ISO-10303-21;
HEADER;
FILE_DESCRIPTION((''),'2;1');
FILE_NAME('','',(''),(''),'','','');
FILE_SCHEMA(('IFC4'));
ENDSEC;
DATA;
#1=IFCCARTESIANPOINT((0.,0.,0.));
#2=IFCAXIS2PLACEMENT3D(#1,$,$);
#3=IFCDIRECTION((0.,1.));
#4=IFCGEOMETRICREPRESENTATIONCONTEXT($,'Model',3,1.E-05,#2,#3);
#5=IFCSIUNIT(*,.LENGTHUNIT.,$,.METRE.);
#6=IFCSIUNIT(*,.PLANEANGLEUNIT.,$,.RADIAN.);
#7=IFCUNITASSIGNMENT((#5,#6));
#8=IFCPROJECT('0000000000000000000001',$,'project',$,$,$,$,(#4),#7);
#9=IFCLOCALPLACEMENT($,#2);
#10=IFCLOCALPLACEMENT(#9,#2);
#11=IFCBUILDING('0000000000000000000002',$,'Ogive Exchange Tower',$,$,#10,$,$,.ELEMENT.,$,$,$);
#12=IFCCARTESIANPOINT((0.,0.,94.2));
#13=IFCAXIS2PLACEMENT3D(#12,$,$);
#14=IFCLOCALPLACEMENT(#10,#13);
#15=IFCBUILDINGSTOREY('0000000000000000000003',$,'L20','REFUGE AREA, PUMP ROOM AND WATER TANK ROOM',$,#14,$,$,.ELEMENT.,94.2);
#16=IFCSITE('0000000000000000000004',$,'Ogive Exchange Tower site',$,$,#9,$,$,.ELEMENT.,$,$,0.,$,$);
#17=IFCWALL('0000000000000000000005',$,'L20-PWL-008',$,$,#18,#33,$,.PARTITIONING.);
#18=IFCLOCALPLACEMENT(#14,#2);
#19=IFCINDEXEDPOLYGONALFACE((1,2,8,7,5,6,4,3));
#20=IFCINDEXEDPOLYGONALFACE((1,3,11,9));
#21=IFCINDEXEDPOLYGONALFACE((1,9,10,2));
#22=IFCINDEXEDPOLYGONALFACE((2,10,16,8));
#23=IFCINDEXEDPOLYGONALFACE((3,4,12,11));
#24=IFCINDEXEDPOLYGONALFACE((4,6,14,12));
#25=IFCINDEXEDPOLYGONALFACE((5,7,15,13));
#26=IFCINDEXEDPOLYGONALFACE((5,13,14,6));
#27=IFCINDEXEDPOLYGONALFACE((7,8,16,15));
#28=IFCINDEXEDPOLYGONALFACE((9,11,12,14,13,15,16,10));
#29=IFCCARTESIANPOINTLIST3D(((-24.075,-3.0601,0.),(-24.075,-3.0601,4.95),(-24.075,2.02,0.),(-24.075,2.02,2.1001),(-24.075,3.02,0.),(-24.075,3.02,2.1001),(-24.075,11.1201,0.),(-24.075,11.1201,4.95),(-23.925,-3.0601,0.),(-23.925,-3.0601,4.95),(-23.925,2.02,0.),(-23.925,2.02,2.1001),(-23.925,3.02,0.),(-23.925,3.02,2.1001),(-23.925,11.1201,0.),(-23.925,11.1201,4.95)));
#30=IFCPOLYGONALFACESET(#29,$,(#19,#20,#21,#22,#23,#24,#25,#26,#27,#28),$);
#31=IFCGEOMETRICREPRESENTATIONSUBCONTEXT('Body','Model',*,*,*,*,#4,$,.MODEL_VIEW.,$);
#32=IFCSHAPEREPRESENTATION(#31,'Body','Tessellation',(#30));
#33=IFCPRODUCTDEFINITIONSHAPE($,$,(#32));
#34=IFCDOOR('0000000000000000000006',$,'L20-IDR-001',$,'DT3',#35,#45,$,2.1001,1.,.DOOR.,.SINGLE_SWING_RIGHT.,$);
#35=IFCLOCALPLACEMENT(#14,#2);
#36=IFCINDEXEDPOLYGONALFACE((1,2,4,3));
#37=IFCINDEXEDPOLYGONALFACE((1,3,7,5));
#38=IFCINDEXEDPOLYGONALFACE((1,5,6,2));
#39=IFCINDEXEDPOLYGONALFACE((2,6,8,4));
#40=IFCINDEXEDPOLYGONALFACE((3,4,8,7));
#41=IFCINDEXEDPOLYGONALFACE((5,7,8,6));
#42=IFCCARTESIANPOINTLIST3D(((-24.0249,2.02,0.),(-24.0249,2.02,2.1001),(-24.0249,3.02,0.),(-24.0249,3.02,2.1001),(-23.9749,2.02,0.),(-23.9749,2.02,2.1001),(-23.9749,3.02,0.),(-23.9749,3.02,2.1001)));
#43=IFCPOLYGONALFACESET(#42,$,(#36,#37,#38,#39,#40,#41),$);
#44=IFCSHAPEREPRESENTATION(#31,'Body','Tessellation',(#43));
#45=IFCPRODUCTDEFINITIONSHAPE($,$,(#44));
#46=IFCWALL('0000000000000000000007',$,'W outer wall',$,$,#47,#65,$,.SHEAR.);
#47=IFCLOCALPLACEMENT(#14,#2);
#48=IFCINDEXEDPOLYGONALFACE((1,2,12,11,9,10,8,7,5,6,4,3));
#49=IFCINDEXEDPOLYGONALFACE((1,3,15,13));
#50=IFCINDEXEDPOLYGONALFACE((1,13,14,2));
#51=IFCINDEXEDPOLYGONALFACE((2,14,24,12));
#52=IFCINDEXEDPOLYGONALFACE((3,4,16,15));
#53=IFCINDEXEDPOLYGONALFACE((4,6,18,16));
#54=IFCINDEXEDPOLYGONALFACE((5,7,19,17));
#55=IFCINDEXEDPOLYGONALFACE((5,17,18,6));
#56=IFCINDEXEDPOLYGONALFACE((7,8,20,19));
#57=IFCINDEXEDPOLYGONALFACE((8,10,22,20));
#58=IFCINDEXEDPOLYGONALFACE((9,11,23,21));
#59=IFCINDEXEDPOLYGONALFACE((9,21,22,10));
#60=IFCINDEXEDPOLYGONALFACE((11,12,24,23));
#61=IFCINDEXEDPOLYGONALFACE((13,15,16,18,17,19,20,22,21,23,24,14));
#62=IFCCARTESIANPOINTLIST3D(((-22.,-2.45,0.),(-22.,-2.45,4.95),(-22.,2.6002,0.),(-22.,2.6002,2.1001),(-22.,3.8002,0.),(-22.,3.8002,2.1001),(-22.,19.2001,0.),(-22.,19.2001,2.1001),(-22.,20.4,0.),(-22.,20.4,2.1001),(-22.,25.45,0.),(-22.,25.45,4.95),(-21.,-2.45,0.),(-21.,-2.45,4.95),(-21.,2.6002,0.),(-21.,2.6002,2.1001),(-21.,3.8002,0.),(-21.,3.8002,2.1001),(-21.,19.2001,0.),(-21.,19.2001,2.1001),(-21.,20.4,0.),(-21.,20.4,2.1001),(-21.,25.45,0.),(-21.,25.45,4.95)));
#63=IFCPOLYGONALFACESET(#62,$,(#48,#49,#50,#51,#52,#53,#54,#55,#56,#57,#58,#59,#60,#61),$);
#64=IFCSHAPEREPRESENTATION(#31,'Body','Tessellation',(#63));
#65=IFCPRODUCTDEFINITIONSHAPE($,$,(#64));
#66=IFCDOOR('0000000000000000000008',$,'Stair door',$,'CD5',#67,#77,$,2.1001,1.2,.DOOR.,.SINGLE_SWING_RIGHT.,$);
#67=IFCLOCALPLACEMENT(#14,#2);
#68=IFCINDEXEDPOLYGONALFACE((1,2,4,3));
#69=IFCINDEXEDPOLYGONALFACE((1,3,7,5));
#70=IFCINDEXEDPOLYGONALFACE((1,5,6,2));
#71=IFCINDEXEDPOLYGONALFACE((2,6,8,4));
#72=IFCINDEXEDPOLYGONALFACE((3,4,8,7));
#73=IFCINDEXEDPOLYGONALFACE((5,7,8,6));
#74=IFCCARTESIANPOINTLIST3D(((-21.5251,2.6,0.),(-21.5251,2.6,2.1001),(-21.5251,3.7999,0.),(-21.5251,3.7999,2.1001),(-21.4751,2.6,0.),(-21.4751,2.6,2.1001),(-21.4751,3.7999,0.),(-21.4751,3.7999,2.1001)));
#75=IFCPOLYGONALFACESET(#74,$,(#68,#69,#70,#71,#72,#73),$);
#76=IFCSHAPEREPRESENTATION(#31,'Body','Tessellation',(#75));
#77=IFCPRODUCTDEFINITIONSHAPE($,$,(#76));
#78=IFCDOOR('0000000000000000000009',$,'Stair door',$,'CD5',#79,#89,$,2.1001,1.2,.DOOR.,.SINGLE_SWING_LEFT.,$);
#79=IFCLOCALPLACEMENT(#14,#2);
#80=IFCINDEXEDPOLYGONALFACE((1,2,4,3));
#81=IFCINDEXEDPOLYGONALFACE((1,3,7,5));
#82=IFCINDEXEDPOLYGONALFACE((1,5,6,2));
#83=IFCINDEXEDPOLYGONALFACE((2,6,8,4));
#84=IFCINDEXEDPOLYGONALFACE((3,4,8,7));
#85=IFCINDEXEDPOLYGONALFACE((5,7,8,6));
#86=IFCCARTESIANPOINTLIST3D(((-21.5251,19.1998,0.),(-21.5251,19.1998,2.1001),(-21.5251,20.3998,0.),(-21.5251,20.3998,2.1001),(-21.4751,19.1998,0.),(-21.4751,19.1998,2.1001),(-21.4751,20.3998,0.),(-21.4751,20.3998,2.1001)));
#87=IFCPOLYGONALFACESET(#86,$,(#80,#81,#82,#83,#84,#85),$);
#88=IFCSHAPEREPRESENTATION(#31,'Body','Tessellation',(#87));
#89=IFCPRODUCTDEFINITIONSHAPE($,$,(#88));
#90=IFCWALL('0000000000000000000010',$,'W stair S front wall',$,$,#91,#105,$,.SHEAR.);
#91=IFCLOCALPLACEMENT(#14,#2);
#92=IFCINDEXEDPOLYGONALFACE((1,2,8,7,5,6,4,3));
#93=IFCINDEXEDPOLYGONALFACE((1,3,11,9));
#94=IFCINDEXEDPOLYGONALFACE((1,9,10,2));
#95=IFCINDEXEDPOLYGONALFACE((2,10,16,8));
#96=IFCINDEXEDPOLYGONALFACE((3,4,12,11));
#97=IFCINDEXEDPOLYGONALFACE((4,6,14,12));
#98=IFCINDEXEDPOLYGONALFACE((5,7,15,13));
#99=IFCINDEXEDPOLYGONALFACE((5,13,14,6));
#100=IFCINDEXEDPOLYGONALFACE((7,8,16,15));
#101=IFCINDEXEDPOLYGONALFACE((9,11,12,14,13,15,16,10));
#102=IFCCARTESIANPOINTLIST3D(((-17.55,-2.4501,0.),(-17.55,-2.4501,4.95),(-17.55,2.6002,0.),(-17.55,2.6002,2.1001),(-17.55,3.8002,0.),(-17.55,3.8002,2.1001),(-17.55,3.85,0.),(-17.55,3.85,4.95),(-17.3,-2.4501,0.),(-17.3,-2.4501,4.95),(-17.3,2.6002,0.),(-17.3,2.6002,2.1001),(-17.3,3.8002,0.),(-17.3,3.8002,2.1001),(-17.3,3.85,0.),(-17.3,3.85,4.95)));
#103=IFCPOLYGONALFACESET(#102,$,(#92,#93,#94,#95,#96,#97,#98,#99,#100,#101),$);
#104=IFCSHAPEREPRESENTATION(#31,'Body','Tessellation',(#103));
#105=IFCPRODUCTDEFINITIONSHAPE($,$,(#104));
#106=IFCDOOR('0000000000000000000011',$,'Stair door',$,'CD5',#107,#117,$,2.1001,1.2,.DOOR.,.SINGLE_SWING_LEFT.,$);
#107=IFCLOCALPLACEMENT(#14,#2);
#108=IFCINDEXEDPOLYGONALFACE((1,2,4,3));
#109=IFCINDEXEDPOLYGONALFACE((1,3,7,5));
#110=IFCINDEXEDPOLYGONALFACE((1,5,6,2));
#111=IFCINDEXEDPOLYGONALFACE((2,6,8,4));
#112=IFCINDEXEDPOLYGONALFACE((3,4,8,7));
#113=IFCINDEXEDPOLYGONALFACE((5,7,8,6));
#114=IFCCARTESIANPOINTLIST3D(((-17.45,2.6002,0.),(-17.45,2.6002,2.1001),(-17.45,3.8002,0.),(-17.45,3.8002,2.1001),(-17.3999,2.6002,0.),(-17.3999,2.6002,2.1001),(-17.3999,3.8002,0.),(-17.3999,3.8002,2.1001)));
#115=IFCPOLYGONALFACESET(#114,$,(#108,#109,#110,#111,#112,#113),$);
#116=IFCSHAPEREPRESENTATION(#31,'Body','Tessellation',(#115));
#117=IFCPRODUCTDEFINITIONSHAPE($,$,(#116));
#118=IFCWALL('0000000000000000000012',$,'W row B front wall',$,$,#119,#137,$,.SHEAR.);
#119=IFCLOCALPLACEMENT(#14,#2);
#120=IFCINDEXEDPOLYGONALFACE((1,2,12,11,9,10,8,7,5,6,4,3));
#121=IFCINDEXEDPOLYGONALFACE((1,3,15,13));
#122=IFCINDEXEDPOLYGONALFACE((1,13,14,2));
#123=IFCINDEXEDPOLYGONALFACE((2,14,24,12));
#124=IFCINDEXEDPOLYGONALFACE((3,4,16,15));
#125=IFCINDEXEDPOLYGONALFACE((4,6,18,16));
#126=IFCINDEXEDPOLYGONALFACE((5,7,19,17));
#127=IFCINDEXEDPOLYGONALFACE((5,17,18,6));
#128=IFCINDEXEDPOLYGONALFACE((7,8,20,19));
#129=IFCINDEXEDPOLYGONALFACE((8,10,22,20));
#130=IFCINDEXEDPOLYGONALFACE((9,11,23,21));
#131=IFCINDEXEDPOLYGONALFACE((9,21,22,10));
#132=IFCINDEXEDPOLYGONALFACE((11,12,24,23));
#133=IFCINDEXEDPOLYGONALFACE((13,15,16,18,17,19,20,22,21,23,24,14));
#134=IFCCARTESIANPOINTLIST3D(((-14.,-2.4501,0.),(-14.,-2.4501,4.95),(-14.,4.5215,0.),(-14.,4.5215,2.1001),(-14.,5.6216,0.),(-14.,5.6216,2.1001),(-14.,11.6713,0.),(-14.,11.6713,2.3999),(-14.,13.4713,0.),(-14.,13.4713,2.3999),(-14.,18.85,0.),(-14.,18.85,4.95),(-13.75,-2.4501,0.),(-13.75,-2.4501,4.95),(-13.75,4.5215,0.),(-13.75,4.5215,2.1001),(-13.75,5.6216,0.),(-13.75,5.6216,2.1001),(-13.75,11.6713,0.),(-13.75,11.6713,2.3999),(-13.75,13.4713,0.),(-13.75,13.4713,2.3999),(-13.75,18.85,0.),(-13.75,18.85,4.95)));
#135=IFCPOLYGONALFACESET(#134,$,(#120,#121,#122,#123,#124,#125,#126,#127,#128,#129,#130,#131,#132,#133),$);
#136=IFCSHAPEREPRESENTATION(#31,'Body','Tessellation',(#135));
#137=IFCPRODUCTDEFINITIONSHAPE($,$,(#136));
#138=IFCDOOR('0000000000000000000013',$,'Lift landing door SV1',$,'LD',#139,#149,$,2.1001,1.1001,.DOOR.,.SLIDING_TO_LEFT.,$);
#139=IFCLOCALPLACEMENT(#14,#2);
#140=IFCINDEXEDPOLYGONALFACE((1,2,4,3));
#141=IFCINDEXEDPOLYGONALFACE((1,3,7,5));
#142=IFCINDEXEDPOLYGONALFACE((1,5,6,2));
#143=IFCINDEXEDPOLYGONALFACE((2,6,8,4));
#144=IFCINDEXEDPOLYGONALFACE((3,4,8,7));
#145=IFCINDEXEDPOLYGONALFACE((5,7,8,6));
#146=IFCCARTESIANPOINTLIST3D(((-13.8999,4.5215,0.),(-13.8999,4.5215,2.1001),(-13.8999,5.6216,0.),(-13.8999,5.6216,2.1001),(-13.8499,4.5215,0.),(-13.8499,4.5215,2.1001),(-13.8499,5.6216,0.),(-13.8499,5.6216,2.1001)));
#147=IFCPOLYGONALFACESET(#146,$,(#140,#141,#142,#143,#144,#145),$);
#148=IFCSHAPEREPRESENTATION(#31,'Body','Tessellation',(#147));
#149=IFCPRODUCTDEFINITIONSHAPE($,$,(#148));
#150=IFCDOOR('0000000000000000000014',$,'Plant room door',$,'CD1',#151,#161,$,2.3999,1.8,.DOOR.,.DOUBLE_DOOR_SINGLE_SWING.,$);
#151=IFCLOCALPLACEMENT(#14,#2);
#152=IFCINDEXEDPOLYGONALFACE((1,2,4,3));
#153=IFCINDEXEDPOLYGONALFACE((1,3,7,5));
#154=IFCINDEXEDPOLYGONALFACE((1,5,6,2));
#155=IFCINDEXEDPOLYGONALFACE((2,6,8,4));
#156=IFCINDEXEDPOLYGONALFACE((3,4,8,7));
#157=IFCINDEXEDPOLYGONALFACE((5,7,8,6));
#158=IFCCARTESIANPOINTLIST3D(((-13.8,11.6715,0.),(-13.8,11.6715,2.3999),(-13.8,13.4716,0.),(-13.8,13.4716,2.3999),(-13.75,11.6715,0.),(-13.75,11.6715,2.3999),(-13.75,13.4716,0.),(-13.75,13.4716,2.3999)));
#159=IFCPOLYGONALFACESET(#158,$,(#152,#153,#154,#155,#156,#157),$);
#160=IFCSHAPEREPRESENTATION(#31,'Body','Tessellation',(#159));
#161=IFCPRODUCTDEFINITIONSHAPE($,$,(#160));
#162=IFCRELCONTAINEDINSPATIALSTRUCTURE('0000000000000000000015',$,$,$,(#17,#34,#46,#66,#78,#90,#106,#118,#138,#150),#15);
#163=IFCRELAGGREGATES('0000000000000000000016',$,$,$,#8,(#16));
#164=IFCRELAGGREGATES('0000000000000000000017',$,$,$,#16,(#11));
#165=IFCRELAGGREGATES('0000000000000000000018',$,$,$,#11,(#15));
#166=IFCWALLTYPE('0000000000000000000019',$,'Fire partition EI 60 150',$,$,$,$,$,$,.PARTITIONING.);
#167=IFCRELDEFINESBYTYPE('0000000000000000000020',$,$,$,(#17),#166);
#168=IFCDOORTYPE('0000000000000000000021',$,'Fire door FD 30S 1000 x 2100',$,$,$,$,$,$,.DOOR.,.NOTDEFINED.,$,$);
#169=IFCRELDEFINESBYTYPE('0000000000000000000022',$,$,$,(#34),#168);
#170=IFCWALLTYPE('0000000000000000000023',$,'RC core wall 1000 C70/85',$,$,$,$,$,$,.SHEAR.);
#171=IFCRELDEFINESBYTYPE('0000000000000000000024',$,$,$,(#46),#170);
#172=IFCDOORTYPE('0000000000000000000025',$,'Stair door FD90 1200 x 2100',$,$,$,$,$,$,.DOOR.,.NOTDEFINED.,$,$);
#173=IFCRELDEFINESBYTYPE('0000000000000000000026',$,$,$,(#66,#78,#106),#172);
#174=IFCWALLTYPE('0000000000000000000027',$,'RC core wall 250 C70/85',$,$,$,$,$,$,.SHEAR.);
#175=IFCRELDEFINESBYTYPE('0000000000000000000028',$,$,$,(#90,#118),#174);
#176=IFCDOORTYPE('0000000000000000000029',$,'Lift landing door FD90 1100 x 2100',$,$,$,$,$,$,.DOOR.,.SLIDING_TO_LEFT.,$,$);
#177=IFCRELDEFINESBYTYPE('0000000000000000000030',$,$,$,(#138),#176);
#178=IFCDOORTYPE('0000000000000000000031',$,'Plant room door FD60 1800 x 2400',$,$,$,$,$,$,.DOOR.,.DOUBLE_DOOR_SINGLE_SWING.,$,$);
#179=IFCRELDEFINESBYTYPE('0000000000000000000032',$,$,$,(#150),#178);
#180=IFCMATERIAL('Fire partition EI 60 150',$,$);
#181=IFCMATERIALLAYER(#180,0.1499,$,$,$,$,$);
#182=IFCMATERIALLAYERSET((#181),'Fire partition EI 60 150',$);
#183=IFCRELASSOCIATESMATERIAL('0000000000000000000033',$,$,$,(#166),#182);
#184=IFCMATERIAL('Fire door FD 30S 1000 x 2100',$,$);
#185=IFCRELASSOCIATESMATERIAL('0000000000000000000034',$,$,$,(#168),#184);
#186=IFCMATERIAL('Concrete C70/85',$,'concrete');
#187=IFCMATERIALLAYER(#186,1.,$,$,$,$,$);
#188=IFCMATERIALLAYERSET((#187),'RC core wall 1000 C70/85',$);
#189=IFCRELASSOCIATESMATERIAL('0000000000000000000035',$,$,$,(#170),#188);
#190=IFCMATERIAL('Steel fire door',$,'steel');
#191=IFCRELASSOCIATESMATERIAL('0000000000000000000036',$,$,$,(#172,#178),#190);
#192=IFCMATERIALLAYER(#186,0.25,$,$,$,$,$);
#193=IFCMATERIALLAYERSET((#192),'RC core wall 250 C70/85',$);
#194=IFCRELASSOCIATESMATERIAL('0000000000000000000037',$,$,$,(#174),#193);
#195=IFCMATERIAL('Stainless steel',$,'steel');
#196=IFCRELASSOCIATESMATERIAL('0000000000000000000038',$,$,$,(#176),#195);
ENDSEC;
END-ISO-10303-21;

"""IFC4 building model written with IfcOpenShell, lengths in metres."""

from ifc_helpers import new_model, si_unit, direction, frame, frame_2d, origin, place, context, subcontext, project, spatial, rectangle, extrude, material, layer, layer_set, type_object, element, fill, save


model = new_model("IFC4")

# Units and contexts
model_context = context("Model", 3, precision=1e-05, world=origin(), true_north=direction((0.0, 1.0)))
body_context = subcontext(model_context, "Body", "Model", "MODEL_VIEW")
ifc_project = project(units=[si_unit("LENGTHUNIT", "METRE"), si_unit("PLANEANGLEUNIT", "RADIAN")], contexts=[model_context])

# Site, building, storey
site_placement = place(None, origin())
site = spatial("IfcSite", under=ifc_project, at=site_placement, Name="Ogive Exchange Tower site", CompositionType="ELEMENT", RefElevation=0.0)
building_placement = place(site_placement, origin())
building = spatial("IfcBuilding", under=site, at=building_placement, Name="Ogive Exchange Tower", CompositionType="ELEMENT")
storey_placement = place(building_placement, frame((0.0, 0.0, 94.2)))
storey = spatial("IfcBuildingStorey", under=building, at=storey_placement, Name="L20", Description="REFUGE AREA, PUMP ROOM AND WATER TANK ROOM", CompositionType="ELEMENT", Elevation=94.2)

# Wall, opening, door
ifc_material_1 = material(Name="Fire partition EI 60 150")
ifc_layer_1 = layer(ifc_material_1, 0.1499)
ifc_layer_set_1 = layer_set([ifc_layer_1], Name="Fire partition EI 60 150")
wall_type_1 = type_object("IfcWallType", Name="Fire partition EI 60 150", PredefinedType="PARTITIONING", material=ifc_layer_set_1)
wall_1_placement = place(storey_placement, frame((-24.0, -3.0601, 0.0), z_axis=(0.0, 0.0, 1.0), x_axis=(0.0, 1.0, 0.0)))
wall_1 = element("IfcWall", 1, at=wall_1_placement, inside=storey, type_object=wall_type_1, Name="L20-PWL-008", PredefinedType="PARTITIONING", context=body_context, shape_type="SweptSolid", body=[
    extrude(rectangle(XDim=14.1802, YDim=0.1499, at=frame_2d((7.0901, 0.0))), origin(), (0.0, 0.0, 1.0), 4.95),
])
opening_1_placement = place(wall_1_placement, frame((5.0801, 0.0, 0.0)))
opening_1 = element("IfcOpeningElement", 2, at=opening_1_placement, cuts=wall_1, PredefinedType="OPENING", context=body_context, shape_type="SweptSolid", body=[
    extrude(rectangle(XDim=1.0, YDim=2.1001, at=frame_2d((0.5, 1.05))), frame((0.0, 0.085, 0.0), z_axis=(0.0, -1.0, 0.0), x_axis=(1.0, 0.0, 0.0)), (0.0, 0.0, 1.0), 0.1699),
])
ifc_material_2 = material(Name="Fire door FD 30S 1000 x 2100")
door_type_1 = type_object("IfcDoorType", Name="Fire door FD 30S 1000 x 2100", OperationType="NOTDEFINED", PredefinedType="DOOR", material=ifc_material_2)
door_1_placement = place(opening_1_placement, origin())
door_1 = element("IfcDoor", 3, at=door_1_placement, inside=storey, type_object=door_type_1, Name="L20-IDR-001", ObjectType="DT3", OperationType="SINGLE_SWING_RIGHT", OverallHeight=2.1001, OverallWidth=1.0, PredefinedType="DOOR", context=body_context, shape_type="SweptSolid", body=[
    extrude(rectangle(XDim=1.0, YDim=2.1001, at=frame_2d((0.5, 1.05))), frame((0.0, 0.0249, 0.0), z_axis=(0.0, -1.0, 0.0), x_axis=(1.0, 0.0, 0.0)), (0.0, 0.0, 1.0), 0.05),
])
fill(opening_1, door_1)

# Wall, openings, doors
ifc_material_3 = material(Name="Concrete C70/85", Category="concrete")
ifc_layer_2 = layer(ifc_material_3, 1.0)
ifc_layer_set_2 = layer_set([ifc_layer_2], Name="RC core wall 1000 C70/85")
wall_type_2 = type_object("IfcWallType", Name="RC core wall 1000 C70/85", PredefinedType="SHEAR", material=ifc_layer_set_2)
wall_2_placement = place(storey_placement, frame((-21.5, -2.45, 0.0), z_axis=(0.0, 0.0, 1.0), x_axis=(0.0, 1.0, 0.0)))
wall_2 = element("IfcWall", 4, at=wall_2_placement, inside=storey, type_object=wall_type_2, Name="W outer wall", PredefinedType="SHEAR", context=body_context, shape_type="SweptSolid", body=[
    extrude(rectangle(XDim=27.8999, YDim=1.0, at=frame_2d((13.95, 0.0))), origin(), (0.0, 0.0, 1.0), 4.95),
])
opening_2_placement = place(wall_2_placement, frame((5.05, 0.0, 0.0)))
opening_2 = element("IfcOpeningElement", 5, at=opening_2_placement, cuts=wall_2, PredefinedType="OPENING", context=body_context, shape_type="SweptSolid", body=[
    extrude(rectangle(XDim=1.2, YDim=2.1001, at=frame_2d((0.6001, 1.05))), frame((0.0, 0.51, 0.0), z_axis=(0.0, -1.0, 0.0), x_axis=(1.0, 0.0, 0.0)), (0.0, 0.0, 1.0), 1.02),
])
opening_3_placement = place(wall_2_placement, frame((21.6499, 0.0, 0.0)))
opening_3 = element("IfcOpeningElement", 6, at=opening_3_placement, cuts=wall_2, PredefinedType="OPENING", context=body_context, shape_type="SweptSolid", body=[
    extrude(rectangle(XDim=1.2, YDim=2.1001, at=frame_2d((0.6001, 1.05))), frame((0.0, 0.51, 0.0), z_axis=(0.0, -1.0, 0.0), x_axis=(1.0, 0.0, 0.0)), (0.0, 0.0, 1.0), 1.02),
])
ifc_material_4 = material(Name="Steel fire door", Category="steel")
door_type_2 = type_object("IfcDoorType", Name="Stair door FD90 1200 x 2100", OperationType="NOTDEFINED", PredefinedType="DOOR", material=ifc_material_4)
door_2_placement = place(opening_2_placement, frame((1.2, 0.0, 0.0), z_axis=(0.0, 0.0, 1.0), x_axis=(-1.0, 0.0, 0.0)))
door_2 = element("IfcDoor", 7, at=door_2_placement, inside=storey, type_object=door_type_2, Name="Stair door", ObjectType="CD5", OperationType="SINGLE_SWING_RIGHT", OverallHeight=2.1001, OverallWidth=1.2, PredefinedType="DOOR", context=body_context, shape_type="SweptSolid", body=[
    extrude(rectangle(XDim=1.2, YDim=2.1001, at=frame_2d((0.6001, 1.05))), frame((0.0, 0.0249, 0.0), z_axis=(0.0, -1.0, 0.0), x_axis=(1.0, 0.0, 0.0)), (0.0, 0.0, 1.0), 0.05),
])
fill(opening_2, door_2)
door_3_placement = place(opening_3_placement, frame((1.2, 0.0, 0.0), z_axis=(0.0, 0.0, 1.0), x_axis=(-1.0, 0.0, 0.0)))
door_3 = element("IfcDoor", 8, at=door_3_placement, inside=storey, type_object=door_type_2, Name="Stair door", ObjectType="CD5", OperationType="SINGLE_SWING_LEFT", OverallHeight=2.1001, OverallWidth=1.2, PredefinedType="DOOR", context=body_context, shape_type="SweptSolid", body=[
    extrude(rectangle(XDim=1.2, YDim=2.1001, at=frame_2d((0.6001, 1.05))), frame((0.0, 0.0249, 0.0), z_axis=(0.0, -1.0, 0.0), x_axis=(1.0, 0.0, 0.0)), (0.0, 0.0, 1.0), 0.05),
])
fill(opening_3, door_3)
door_type_3 = type_object("IfcDoorType", Name="Plant room door FD60 1800 x 2400", OperationType="DOUBLE_DOOR_SINGLE_SWING", PredefinedType="DOOR", material=ifc_material_4)

# Wall, opening, door
ifc_layer_3 = layer(ifc_material_3, 0.25)
ifc_layer_set_3 = layer_set([ifc_layer_3], Name="RC core wall 250 C70/85")
wall_type_3 = type_object("IfcWallType", Name="RC core wall 250 C70/85", PredefinedType="SHEAR", material=ifc_layer_set_3)
wall_3_placement = place(storey_placement, frame((-17.425, -2.45, 0.0), z_axis=(0.0, 0.0, 1.0), x_axis=(0.0, 1.0, 0.0)))
wall_3 = element("IfcWall", 9, at=wall_3_placement, inside=storey, type_object=wall_type_3, Name="W stair S front wall", PredefinedType="SHEAR", context=body_context, shape_type="SweptSolid", body=[
    extrude(rectangle(XDim=6.3, YDim=0.25, at=frame_2d((3.1499, 0.0))), origin(), (0.0, 0.0, 1.0), 4.95),
])
opening_4_placement = place(wall_3_placement, frame((5.05, 0.0, 0.0)))
opening_4 = element("IfcOpeningElement", 10, at=opening_4_placement, cuts=wall_3, PredefinedType="OPENING", context=body_context, shape_type="SweptSolid", body=[
    extrude(rectangle(XDim=1.2, YDim=2.1001, at=frame_2d((0.6001, 1.05))), frame((0.0, 0.135, 0.0), z_axis=(0.0, -1.0, 0.0), x_axis=(1.0, 0.0, 0.0)), (0.0, 0.0, 1.0), 0.27),
])
door_4_placement = place(opening_4_placement, origin())
door_4 = element("IfcDoor", 11, at=door_4_placement, inside=storey, type_object=door_type_2, Name="Stair door", ObjectType="CD5", OperationType="SINGLE_SWING_LEFT", OverallHeight=2.1001, OverallWidth=1.2, PredefinedType="DOOR", context=body_context, shape_type="SweptSolid", body=[
    extrude(rectangle(XDim=1.2, YDim=2.1001, at=frame_2d((0.6001, 1.05))), frame((0.0, 0.0249, 0.0), z_axis=(0.0, -1.0, 0.0), x_axis=(1.0, 0.0, 0.0)), (0.0, 0.0, 1.0), 0.05),
])
fill(opening_4, door_4)

# Wall, openings, doors
wall_4_placement = place(storey_placement, frame((-13.875, -2.45, 0.0), z_axis=(0.0, 0.0, 1.0), x_axis=(0.0, 1.0, 0.0)))
wall_4 = element("IfcWall", 12, at=wall_4_placement, inside=storey, type_object=wall_type_3, Name="W row B front wall", PredefinedType="SHEAR", context=body_context, shape_type="SweptSolid", body=[
    extrude(rectangle(XDim=21.3, YDim=0.25, at=frame_2d((10.6499, 0.0))), origin(), (0.0, 0.0, 1.0), 4.95),
])
opening_5_placement = place(wall_4_placement, frame((14.1213, 0.0, 0.0)))
opening_5 = element("IfcOpeningElement", 13, at=opening_5_placement, cuts=wall_4, PredefinedType="OPENING", context=body_context, shape_type="SweptSolid", body=[
    extrude(rectangle(XDim=1.8, YDim=2.3999, at=frame_2d((0.8999, 1.2))), frame((0.0, 0.135, 0.0), z_axis=(0.0, -1.0, 0.0), x_axis=(1.0, 0.0, 0.0)), (0.0, 0.0, 1.0), 0.27),
])
opening_6_placement = place(wall_4_placement, frame((6.9714, 0.0, 0.0)))
opening_6 = element("IfcOpeningElement", 14, at=opening_6_placement, cuts=wall_4, PredefinedType="OPENING", context=body_context, shape_type="SweptSolid", body=[
    extrude(rectangle(XDim=1.1001, YDim=2.1001, at=frame_2d((0.55, 1.05))), frame((0.0, 0.135, 0.0), z_axis=(0.0, -1.0, 0.0), x_axis=(1.0, 0.0, 0.0)), (0.0, 0.0, 1.0), 0.27),
])
ifc_material_5 = material(Name="Stainless steel", Category="steel")
door_type_4 = type_object("IfcDoorType", Name="Lift landing door FD90 1100 x 2100", OperationType="SLIDING_TO_LEFT", PredefinedType="DOOR", material=ifc_material_5)
door_5_placement = place(opening_6_placement, origin())
door_5 = element("IfcDoor", 15, at=door_5_placement, inside=storey, type_object=door_type_4, Name="Lift landing door SV1", ObjectType="LD", OperationType="SLIDING_TO_LEFT", OverallHeight=2.1001, OverallWidth=1.1001, PredefinedType="DOOR", context=body_context, shape_type="SweptSolid", body=[
    extrude(rectangle(XDim=1.1001, YDim=2.1001, at=frame_2d((0.55, 1.05))), frame((0.0, 0.0249, 0.0), z_axis=(0.0, -1.0, 0.0), x_axis=(1.0, 0.0, 0.0)), (0.0, 0.0, 1.0), 0.05),
])
fill(opening_6, door_5)
door_6_placement = place(opening_5_placement, frame((1.8, -0.2002, 0.0), z_axis=(0.0, 0.0, 1.0), x_axis=(-1.0, 0.0, 0.0)))
door_6 = element("IfcDoor", 16, at=door_6_placement, inside=storey, type_object=door_type_3, Name="Plant room door", ObjectType="CD1", OperationType="DOUBLE_DOOR_SINGLE_SWING", OverallHeight=2.3999, OverallWidth=1.8, PredefinedType="DOOR", context=body_context, shape_type="SweptSolid", body=[
    extrude(rectangle(XDim=1.8, YDim=2.3999, at=frame_2d((0.8999, 1.2))), frame((0.0, -0.0752, 0.0), z_axis=(0.0, -1.0, 0.0), x_axis=(1.0, 0.0, 0.0)), (0.0, 0.0, 1.0), 0.05),
])
fill(opening_5, door_6)

save(model, "model.ifc")
